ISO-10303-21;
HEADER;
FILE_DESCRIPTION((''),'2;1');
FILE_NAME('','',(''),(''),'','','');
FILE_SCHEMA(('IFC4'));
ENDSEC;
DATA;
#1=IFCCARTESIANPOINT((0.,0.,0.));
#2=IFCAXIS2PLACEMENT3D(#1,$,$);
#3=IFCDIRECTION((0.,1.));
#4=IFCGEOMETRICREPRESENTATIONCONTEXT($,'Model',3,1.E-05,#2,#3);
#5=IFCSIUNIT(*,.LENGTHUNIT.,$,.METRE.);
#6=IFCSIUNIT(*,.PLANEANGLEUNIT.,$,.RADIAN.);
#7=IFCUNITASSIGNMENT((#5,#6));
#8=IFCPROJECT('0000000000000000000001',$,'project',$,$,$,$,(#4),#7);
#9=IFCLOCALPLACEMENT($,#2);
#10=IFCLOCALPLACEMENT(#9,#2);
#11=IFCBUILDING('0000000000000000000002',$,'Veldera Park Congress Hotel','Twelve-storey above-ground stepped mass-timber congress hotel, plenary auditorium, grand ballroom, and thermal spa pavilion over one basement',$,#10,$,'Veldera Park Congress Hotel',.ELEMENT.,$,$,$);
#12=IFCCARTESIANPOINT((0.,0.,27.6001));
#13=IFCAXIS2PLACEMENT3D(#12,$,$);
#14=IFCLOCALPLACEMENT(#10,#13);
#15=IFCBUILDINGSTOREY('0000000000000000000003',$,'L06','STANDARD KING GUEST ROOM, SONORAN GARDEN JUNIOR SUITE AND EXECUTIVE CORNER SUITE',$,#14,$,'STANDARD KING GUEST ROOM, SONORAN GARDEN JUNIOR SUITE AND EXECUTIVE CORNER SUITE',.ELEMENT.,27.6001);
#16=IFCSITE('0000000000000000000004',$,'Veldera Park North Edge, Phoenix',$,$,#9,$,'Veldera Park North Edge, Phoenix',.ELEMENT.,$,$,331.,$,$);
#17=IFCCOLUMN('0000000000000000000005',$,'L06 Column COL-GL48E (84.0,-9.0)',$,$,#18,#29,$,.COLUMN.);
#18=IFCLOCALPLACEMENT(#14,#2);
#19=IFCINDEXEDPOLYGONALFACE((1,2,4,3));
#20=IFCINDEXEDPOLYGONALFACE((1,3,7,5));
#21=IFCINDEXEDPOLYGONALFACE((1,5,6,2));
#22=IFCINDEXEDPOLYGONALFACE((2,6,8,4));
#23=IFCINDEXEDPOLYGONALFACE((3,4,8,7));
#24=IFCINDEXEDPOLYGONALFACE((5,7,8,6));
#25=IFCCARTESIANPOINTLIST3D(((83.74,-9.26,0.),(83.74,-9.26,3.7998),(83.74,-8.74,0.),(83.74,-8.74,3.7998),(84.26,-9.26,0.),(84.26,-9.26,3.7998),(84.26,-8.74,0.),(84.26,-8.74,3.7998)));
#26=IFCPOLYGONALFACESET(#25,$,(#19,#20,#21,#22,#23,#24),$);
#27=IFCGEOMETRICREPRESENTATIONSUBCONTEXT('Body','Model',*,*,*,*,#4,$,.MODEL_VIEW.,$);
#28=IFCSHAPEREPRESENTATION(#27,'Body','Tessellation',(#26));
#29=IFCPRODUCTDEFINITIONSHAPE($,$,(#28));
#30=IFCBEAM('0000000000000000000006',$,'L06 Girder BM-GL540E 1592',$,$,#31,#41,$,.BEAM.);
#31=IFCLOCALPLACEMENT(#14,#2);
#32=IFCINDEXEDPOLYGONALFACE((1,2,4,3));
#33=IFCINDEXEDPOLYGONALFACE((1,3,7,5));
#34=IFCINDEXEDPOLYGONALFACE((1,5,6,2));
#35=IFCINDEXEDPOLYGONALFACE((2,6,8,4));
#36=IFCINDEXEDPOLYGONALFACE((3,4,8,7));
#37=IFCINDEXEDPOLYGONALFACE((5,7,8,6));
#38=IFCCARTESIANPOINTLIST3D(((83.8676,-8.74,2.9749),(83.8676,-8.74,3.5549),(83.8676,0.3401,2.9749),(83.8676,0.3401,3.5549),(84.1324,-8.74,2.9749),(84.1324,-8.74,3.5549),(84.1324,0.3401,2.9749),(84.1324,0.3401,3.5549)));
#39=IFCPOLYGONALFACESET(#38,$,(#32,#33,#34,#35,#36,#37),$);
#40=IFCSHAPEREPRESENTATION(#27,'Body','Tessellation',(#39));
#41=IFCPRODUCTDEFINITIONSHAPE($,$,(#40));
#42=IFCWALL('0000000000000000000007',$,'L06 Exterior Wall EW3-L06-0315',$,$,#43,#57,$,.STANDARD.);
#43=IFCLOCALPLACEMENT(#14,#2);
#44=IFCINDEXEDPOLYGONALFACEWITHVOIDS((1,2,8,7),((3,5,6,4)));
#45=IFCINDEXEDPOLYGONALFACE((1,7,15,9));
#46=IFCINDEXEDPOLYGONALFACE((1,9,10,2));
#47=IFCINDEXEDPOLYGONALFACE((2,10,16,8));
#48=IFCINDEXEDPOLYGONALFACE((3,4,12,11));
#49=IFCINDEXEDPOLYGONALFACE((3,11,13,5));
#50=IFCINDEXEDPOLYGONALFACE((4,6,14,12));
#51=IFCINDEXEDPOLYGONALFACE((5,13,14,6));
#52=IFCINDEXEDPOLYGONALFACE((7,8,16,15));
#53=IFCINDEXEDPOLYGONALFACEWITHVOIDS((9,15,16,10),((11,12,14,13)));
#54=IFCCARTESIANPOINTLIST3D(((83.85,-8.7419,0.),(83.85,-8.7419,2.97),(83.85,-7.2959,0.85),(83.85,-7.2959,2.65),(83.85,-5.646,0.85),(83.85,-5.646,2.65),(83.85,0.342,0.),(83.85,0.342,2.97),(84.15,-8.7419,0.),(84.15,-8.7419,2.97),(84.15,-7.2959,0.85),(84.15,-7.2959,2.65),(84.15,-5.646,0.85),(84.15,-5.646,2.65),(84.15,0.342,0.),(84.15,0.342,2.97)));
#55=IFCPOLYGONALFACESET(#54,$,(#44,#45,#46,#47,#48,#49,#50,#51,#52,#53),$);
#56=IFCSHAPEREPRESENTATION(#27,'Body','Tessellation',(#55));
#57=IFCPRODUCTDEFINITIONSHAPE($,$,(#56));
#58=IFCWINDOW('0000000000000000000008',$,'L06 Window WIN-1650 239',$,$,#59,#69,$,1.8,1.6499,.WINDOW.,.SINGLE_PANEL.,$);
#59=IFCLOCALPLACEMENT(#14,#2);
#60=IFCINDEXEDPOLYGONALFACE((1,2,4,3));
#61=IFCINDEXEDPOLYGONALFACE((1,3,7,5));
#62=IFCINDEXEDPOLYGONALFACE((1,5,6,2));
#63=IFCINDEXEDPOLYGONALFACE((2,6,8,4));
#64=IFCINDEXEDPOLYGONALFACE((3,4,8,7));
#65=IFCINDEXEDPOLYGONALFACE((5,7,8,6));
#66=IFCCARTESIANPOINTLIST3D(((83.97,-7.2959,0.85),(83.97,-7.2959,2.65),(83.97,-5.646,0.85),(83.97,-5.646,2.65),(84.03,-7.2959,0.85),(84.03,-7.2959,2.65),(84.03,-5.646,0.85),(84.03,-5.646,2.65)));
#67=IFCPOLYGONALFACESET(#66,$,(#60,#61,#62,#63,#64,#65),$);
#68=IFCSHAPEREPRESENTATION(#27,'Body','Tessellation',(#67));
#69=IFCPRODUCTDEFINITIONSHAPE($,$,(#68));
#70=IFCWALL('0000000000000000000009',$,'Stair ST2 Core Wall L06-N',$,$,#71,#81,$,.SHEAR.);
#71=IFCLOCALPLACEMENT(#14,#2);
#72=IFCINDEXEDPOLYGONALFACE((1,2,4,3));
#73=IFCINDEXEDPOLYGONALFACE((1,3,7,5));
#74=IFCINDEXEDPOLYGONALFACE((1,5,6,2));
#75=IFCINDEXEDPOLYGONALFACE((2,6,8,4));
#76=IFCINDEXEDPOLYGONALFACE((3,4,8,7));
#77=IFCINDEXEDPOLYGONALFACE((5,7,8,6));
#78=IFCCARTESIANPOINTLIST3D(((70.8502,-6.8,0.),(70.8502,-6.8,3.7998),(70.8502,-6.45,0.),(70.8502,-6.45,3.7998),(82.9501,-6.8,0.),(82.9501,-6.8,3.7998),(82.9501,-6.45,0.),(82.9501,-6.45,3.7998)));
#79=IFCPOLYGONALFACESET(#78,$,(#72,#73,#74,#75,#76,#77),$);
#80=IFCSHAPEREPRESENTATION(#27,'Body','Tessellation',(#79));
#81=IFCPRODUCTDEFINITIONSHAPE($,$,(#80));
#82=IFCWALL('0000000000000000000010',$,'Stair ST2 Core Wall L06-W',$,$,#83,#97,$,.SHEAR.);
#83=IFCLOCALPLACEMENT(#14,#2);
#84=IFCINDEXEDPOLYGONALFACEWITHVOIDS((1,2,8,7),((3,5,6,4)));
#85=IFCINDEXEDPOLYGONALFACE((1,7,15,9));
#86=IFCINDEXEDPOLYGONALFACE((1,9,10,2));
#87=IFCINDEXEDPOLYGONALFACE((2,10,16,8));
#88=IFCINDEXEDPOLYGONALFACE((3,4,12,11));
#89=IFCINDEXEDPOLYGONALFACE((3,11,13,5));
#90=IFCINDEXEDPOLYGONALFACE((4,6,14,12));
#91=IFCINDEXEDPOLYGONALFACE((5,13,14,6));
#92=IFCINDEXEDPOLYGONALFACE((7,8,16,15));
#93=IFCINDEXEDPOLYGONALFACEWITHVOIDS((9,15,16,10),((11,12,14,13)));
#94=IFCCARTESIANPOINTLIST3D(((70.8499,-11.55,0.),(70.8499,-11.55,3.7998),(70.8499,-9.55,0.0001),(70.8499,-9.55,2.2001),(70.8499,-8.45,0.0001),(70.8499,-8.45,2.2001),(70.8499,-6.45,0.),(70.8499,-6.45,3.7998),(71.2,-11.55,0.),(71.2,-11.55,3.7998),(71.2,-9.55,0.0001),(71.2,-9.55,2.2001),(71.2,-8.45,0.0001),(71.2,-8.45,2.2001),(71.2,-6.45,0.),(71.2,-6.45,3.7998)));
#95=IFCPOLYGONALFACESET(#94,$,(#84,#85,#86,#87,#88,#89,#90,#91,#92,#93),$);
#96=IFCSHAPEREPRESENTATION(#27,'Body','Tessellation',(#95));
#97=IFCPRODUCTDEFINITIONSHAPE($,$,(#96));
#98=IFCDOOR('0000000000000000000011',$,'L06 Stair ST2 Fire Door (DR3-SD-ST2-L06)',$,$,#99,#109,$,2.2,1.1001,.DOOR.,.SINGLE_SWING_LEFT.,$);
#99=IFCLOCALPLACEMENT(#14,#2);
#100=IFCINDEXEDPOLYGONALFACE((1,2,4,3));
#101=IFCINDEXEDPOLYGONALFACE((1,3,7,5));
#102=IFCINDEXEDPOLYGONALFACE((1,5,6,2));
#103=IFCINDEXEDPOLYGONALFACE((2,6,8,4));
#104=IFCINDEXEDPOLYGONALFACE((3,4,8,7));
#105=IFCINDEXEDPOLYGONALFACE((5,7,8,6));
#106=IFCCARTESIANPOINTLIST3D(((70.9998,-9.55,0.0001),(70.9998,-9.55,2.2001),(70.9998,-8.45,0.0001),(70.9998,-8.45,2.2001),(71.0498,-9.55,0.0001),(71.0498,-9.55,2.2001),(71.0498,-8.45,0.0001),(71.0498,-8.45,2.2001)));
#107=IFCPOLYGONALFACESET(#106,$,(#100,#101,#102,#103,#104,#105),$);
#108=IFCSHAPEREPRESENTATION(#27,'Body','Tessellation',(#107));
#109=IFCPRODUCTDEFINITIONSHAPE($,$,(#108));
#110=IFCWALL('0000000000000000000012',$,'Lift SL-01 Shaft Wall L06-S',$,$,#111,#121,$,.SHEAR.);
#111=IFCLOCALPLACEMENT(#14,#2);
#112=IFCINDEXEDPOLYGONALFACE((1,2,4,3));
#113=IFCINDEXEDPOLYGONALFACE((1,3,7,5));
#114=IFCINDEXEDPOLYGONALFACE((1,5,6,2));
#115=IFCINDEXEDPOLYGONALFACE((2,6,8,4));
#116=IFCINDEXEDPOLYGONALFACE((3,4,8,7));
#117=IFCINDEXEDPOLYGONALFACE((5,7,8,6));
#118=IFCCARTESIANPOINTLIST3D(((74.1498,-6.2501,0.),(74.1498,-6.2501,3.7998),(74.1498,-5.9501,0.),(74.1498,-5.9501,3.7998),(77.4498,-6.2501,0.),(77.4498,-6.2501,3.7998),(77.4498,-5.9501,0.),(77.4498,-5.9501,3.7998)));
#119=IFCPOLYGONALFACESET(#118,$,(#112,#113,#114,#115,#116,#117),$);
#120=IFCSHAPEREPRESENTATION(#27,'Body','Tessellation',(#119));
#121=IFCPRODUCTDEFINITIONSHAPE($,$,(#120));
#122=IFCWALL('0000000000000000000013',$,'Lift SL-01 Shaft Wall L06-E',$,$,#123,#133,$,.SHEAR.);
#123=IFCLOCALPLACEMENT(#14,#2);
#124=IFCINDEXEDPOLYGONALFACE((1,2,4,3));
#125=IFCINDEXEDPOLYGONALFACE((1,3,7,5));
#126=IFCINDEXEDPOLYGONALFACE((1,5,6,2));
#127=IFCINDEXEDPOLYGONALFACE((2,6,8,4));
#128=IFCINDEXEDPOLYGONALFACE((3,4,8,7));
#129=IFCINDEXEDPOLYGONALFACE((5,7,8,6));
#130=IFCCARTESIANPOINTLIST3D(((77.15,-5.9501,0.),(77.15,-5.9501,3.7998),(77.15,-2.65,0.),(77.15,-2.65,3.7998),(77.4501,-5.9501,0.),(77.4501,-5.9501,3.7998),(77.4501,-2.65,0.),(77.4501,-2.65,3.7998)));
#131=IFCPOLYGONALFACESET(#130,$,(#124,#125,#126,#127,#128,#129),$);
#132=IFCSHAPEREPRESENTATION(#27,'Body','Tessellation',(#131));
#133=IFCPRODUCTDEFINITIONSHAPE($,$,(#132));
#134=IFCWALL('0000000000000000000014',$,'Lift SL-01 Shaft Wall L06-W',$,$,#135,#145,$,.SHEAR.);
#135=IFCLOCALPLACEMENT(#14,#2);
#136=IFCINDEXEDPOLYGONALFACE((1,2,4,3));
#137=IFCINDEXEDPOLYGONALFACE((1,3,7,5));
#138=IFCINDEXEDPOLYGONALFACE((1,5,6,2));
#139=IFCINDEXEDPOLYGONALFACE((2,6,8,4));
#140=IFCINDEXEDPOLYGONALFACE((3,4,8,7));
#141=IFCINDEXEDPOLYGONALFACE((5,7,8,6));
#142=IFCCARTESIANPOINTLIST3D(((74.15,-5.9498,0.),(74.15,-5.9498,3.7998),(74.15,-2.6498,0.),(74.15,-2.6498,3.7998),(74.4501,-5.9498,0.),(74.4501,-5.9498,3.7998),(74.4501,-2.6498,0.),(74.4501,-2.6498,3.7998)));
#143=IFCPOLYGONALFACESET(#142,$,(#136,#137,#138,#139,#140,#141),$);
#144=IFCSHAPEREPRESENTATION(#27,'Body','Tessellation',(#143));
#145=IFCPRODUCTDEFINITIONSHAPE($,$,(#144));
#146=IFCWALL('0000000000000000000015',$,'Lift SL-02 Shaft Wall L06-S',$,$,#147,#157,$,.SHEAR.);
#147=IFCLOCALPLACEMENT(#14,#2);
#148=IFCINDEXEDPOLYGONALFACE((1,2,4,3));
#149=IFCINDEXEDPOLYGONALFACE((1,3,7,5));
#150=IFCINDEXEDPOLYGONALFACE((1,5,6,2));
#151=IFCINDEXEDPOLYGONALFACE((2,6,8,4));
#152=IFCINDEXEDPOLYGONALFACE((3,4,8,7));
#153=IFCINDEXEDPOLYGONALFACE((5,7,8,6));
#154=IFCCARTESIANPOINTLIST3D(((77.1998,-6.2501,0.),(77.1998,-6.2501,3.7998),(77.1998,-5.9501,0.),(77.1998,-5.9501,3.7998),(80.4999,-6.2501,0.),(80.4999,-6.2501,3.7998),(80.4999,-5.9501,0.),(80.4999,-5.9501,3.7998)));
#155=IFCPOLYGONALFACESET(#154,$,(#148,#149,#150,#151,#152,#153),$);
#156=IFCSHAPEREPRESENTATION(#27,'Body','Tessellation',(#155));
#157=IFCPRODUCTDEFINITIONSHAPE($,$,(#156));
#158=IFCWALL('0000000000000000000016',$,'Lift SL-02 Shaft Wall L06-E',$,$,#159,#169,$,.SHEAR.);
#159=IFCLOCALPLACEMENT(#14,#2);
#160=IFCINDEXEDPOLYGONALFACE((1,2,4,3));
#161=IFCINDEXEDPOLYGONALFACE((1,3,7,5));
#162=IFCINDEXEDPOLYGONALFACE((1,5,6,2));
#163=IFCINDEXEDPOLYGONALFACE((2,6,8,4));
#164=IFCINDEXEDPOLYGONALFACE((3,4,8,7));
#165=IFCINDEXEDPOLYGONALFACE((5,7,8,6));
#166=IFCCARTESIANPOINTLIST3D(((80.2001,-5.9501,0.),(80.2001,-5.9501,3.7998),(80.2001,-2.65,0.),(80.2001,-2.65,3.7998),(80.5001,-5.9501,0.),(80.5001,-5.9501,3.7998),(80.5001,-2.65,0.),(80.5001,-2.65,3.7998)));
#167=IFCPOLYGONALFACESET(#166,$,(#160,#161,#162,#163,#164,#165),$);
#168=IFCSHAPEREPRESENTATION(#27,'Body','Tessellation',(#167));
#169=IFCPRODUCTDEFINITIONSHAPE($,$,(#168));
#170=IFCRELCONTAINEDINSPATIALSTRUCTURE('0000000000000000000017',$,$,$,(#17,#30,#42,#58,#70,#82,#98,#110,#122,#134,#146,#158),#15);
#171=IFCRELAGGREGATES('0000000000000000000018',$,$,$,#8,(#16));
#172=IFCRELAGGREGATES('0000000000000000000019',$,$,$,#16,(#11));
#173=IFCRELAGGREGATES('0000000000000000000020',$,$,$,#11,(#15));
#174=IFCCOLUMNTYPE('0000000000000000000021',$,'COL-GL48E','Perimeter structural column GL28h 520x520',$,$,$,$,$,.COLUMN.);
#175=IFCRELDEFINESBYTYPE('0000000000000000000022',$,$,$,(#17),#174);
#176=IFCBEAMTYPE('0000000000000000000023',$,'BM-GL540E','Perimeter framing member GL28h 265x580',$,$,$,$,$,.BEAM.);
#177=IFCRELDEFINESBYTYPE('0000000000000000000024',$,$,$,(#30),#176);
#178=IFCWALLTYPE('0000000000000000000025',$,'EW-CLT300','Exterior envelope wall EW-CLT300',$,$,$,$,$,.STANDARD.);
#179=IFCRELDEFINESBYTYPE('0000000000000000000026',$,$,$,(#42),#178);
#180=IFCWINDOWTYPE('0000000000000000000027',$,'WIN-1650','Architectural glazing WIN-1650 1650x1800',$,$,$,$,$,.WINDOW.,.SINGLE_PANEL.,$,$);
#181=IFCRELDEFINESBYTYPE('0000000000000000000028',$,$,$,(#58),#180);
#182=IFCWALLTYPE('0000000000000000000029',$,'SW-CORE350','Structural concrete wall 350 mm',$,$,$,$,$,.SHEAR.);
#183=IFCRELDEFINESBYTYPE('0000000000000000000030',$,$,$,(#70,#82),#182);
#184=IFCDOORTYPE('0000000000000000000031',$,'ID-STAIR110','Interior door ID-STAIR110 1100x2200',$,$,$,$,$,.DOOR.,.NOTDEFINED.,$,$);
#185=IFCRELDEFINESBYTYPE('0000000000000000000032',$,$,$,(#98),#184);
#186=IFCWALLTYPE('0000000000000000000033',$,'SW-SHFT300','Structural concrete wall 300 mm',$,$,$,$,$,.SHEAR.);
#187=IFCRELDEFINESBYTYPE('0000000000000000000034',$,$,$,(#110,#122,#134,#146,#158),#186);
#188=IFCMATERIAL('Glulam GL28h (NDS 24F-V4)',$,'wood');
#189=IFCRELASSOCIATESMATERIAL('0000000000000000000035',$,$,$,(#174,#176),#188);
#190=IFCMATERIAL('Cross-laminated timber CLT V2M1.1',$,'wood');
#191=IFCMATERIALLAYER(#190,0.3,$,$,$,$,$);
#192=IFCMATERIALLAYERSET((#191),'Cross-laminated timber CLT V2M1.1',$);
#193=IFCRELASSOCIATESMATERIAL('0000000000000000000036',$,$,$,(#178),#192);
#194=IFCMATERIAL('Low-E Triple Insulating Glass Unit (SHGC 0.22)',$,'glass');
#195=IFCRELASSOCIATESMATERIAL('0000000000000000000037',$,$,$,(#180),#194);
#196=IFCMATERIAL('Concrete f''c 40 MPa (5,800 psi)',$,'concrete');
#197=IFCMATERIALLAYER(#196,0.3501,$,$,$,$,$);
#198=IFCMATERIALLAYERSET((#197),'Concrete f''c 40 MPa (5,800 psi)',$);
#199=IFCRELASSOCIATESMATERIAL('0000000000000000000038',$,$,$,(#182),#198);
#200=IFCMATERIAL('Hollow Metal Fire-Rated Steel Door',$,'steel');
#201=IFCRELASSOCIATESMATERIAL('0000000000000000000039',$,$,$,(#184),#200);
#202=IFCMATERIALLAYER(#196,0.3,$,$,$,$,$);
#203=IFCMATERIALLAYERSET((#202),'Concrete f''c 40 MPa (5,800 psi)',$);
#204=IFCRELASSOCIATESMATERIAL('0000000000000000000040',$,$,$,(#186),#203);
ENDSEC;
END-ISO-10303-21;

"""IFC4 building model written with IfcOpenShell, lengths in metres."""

from ifc_helpers import new_model, si_unit, direction, frame, frame_2d, origin, origin_2d, place, context, subcontext, project, spatial, rectangle, extrude, material, layer, layer_set, material_profile, profile_set, type_object, element, fill, save


model = new_model("IFC4")

# Units and contexts
model_context = context("Model", 3, precision=1e-05, world=origin(), true_north=direction((0.0, 1.0)))
body_context = subcontext(model_context, "Body", "Model", "MODEL_VIEW")
ifc_project = project(units=[si_unit("LENGTHUNIT", "METRE"), si_unit("PLANEANGLEUNIT", "RADIAN")], contexts=[model_context])

# Site, building, storey
site_placement = place(None, origin())
site = spatial("IfcSite", under=ifc_project, at=site_placement, Name="Veldera Park North Edge, Phoenix", LongName="Veldera Park North Edge, Phoenix", CompositionType="ELEMENT", RefElevation=331.0)
building_placement = place(site_placement, origin())
building = spatial("IfcBuilding", under=site, at=building_placement, Name="Veldera Park Congress Hotel", Description="Twelve-storey above-ground stepped mass-timber congress hotel, plenary auditorium, grand ballroom, and thermal spa pavilion over one basement", LongName="Veldera Park Congress Hotel", CompositionType="ELEMENT")
storey_placement = place(building_placement, frame((0.0, 0.0, 27.6001)))
storey = spatial("IfcBuildingStorey", under=building, at=storey_placement, Name="L06", Description="STANDARD KING GUEST ROOM, SONORAN GARDEN JUNIOR SUITE AND EXECUTIVE CORNER SUITE", LongName="STANDARD KING GUEST ROOM, SONORAN GARDEN JUNIOR SUITE AND EXECUTIVE CORNER SUITE", CompositionType="ELEMENT", Elevation=27.6001)

# Column
ifc_material_1 = material(Name="Glulam GL28h (NDS 24F-V4)", Category="wood")
ifc_material_profile_1 = material_profile(ifc_material_1, rectangle(XDim=0.52, YDim=0.52, at=origin_2d()), Name="GL28h 520x520")
ifc_profile_set_1 = profile_set([ifc_material_profile_1], Name="Glulam GL28h (NDS 24F-V4)")
column_type = type_object("IfcColumnType", Name="COL-GL48E", Description="Perimeter structural column GL28h 520x520", PredefinedType="COLUMN", material=ifc_profile_set_1)
column_placement = place(storey_placement, frame((84.0, -9.0, 0.0), z_axis=(0.0, 0.0, 1.0), x_axis=(1.0, 0.0, 0.0)))
element("IfcColumn", 1, at=column_placement, inside=storey, type_object=column_type, Name="L06 Column COL-GL48E (84.0,-9.0)", PredefinedType="COLUMN", context=body_context, shape_type="SweptSolid", body=[
    extrude(rectangle(XDim=0.52, YDim=0.52, at=origin_2d()), origin(), (0.0, 0.0, 1.0), 3.7998),
])

# Beam
ifc_material_profile_2 = material_profile(ifc_material_1, rectangle(XDim=0.2649, YDim=0.5801, at=origin_2d()), Name="GL28h 265x580")
ifc_profile_set_2 = profile_set([ifc_material_profile_2], Name="Glulam GL28h (NDS 24F-V4)")
beam_type = type_object("IfcBeamType", Name="BM-GL540E", Description="Perimeter framing member GL28h 265x580", PredefinedType="BEAM", material=ifc_profile_set_2)
beam_placement = place(storey_placement, frame((84.0, -8.74, 3.2649), z_axis=(0.0, 1.0, 0.0), x_axis=(-1.0, 0.0, 0.0)))
element("IfcBeam", 2, at=beam_placement, inside=storey, type_object=beam_type, Name="L06 Girder BM-GL540E 1592", PredefinedType="BEAM", context=body_context, shape_type="SweptSolid", body=[
    extrude(rectangle(XDim=0.2649, YDim=0.5801, at=origin_2d()), origin(), (0.0, 0.0, 1.0), 9.0801),
])

# Wall, opening, window
ifc_material_2 = material(Name="Cross-laminated timber CLT V2M1.1", Category="wood")
ifc_layer_1 = layer(ifc_material_2, 0.3)
ifc_layer_set_1 = layer_set([ifc_layer_1], Name="Cross-laminated timber CLT V2M1.1")
wall_type_1 = type_object("IfcWallType", Name="EW-CLT300", Description="Exterior envelope wall EW-CLT300", PredefinedType="STANDARD", material=ifc_layer_set_1)
wall_1_placement = place(storey_placement, frame((84.0, -8.7419, 0.0), z_axis=(0.0, 0.0, 1.0), x_axis=(0.0, 1.0, 0.0)))
wall_1 = element("IfcWall", 3, at=wall_1_placement, inside=storey, type_object=wall_type_1, Name="L06 Exterior Wall EW3-L06-0315", PredefinedType="STANDARD", context=body_context, shape_type="SweptSolid", body=[
    extrude(rectangle(XDim=9.084, YDim=0.3, at=frame_2d((4.542, 0.0))), origin(), (0.0, 0.0, 1.0), 2.97),
])
opening_1_placement = place(wall_1_placement, frame((1.446, 0.0, 0.8501)))
opening_1 = element("IfcOpeningElement", 4, at=opening_1_placement, cuts=wall_1, PredefinedType="OPENING", context=body_context, shape_type="SweptSolid", body=[
    extrude(rectangle(XDim=1.6499, YDim=1.8, at=frame_2d((0.825, 0.8999))), frame((0.0, 0.1621, 0.0), z_axis=(0.0, -1.0, 0.0), x_axis=(1.0, 0.0, 0.0)), (0.0, 0.0, 1.0), 0.324),
])
ifc_material_3 = material(Name="Low-E Triple Insulating Glass Unit (SHGC 0.22)", Category="glass")
window_type = type_object("IfcWindowType", Name="WIN-1650", Description="Architectural glazing WIN-1650 1650x1800", PartitioningType="SINGLE_PANEL", PredefinedType="WINDOW", material=ifc_material_3)
window_placement = place(opening_1_placement, origin())
window = element("IfcWindow", 5, at=window_placement, inside=storey, type_object=window_type, Name="L06 Window WIN-1650 239", OverallHeight=1.8, OverallWidth=1.6499, PartitioningType="SINGLE_PANEL", PredefinedType="WINDOW", context=body_context, shape_type="SweptSolid", body=[
    extrude(rectangle(XDim=1.6499, YDim=1.8, at=frame_2d((0.825, 0.8999))), frame((0.0, 0.03, 0.0), z_axis=(0.0, -1.0, 0.0), x_axis=(1.0, 0.0, 0.0)), (0.0, 0.0, 1.0), 0.0601),
])
fill(opening_1, window)

# Wall
ifc_material_4 = material(Name="Concrete f'c 40 MPa (5,800 psi)", Category="concrete")
ifc_layer_2 = layer(ifc_material_4, 0.3501)
ifc_layer_set_2 = layer_set([ifc_layer_2], Name="Concrete f'c 40 MPa (5,800 psi)")
wall_type_2 = type_object("IfcWallType", Name="SW-CORE350", Description="Structural concrete wall 350 mm", PredefinedType="SHEAR", material=ifc_layer_set_2)
wall_2_placement = place(storey_placement, frame((82.95, -6.625, 0.0), z_axis=(0.0, 0.0, 1.0), x_axis=(-1.0, 0.0, 0.0)))
element("IfcWall", 6, at=wall_2_placement, inside=storey, type_object=wall_type_2, Name="Stair ST2 Core Wall L06-N", PredefinedType="SHEAR", context=body_context, shape_type="SweptSolid", body=[
    extrude(rectangle(XDim=12.0999, YDim=0.3501, at=frame_2d((6.0498, 0.0))), origin(), (0.0, 0.0, 1.0), 3.7998),
])

# Wall, opening, door
wall_3_placement = place(storey_placement, frame((71.0249, -6.45, 0.0), z_axis=(0.0, 0.0, 1.0), x_axis=(0.0, -1.0, 0.0)))
wall_3 = element("IfcWall", 7, at=wall_3_placement, inside=storey, type_object=wall_type_2, Name="Stair ST2 Core Wall L06-W", PredefinedType="SHEAR", context=body_context, shape_type="SweptSolid", body=[
    extrude(rectangle(XDim=5.1001, YDim=0.3501, at=frame_2d((2.55, 0.0))), origin(), (0.0, 0.0, 1.0), 3.7998),
])
opening_2_placement = place(wall_3_placement, frame((2.0, 0.0, 0.0)))
opening_2 = element("IfcOpeningElement", 8, at=opening_2_placement, cuts=wall_3, PredefinedType="OPENING", context=body_context, shape_type="SweptSolid", body=[
    extrude(rectangle(XDim=1.1001, YDim=2.2, at=frame_2d((0.55, 1.1001))), frame((0.0, 0.187, 0.0), z_axis=(0.0, -1.0, 0.0), x_axis=(1.0, 0.0, 0.0)), (0.0, 0.0, 1.0), 0.374),
])
ifc_material_5 = material(Name="Hollow Metal Fire-Rated Steel Door", Category="steel")
door_type = type_object("IfcDoorType", Name="ID-STAIR110", Description="Interior door ID-STAIR110 1100x2200", OperationType="NOTDEFINED", PredefinedType="DOOR", material=ifc_material_5)
door_placement = place(opening_2_placement, origin())
door = element("IfcDoor", 9, at=door_placement, inside=storey, type_object=door_type, Name="L06 Stair ST2 Fire Door (DR3-SD-ST2-L06)", OperationType="SINGLE_SWING_LEFT", OverallHeight=2.2, OverallWidth=1.1001, PredefinedType="DOOR", context=body_context, shape_type="SweptSolid", body=[
    extrude(rectangle(XDim=1.1001, YDim=2.2, at=frame_2d((0.55, 1.1001))), frame((0.0, 0.0249, 0.0), z_axis=(0.0, -1.0, 0.0), x_axis=(1.0, 0.0, 0.0)), (0.0, 0.0, 1.0), 0.05),
])
fill(opening_2, door)

# Walls
ifc_layer_3 = layer(ifc_material_4, 0.3)
ifc_layer_set_3 = layer_set([ifc_layer_3], Name="Concrete f'c 40 MPa (5,800 psi)")
wall_type_3 = type_object("IfcWallType", Name="SW-SHFT300", Description="Structural concrete wall 300 mm", PredefinedType="SHEAR", material=ifc_layer_set_3)
for number, where, z_axis, x_axis, name in (
    (10, (74.1499, -6.1001, 0.0), (0.0, 0.0, 1.0), (1.0, 0.0, 0.0), "Lift SL-01 Shaft Wall L06-S"),
    (11, (77.3, -5.95, 0.0), (0.0, 0.0, 1.0), (0.0, 1.0, 0.0), "Lift SL-01 Shaft Wall L06-E"),
    (12, (74.3, -2.6499, 0.0), (0.0, 0.0, 1.0), (0.0, -1.0, 0.0), "Lift SL-01 Shaft Wall L06-W"),
    (13, (77.2, -6.1001, 0.0), (0.0, 0.0, 1.0), (1.0, 0.0, 0.0), "Lift SL-02 Shaft Wall L06-S"),
    (14, (80.3501, -5.95, 0.0), (0.0, 0.0, 1.0), (0.0, 1.0, 0.0), "Lift SL-02 Shaft Wall L06-E"),
):
    element("IfcWall", number, at=place(storey_placement, frame(where, z_axis=z_axis, x_axis=x_axis)), inside=storey, type_object=wall_type_3, Name=name, PredefinedType="SHEAR", context=body_context, shape_type="SweptSolid", body=[
        extrude(rectangle(XDim=3.3, YDim=0.3, at=frame_2d((1.6499, 0.0))), origin(), (0.0, 0.0, 1.0), 3.7998),
    ])

save(model, "model.ifc")
